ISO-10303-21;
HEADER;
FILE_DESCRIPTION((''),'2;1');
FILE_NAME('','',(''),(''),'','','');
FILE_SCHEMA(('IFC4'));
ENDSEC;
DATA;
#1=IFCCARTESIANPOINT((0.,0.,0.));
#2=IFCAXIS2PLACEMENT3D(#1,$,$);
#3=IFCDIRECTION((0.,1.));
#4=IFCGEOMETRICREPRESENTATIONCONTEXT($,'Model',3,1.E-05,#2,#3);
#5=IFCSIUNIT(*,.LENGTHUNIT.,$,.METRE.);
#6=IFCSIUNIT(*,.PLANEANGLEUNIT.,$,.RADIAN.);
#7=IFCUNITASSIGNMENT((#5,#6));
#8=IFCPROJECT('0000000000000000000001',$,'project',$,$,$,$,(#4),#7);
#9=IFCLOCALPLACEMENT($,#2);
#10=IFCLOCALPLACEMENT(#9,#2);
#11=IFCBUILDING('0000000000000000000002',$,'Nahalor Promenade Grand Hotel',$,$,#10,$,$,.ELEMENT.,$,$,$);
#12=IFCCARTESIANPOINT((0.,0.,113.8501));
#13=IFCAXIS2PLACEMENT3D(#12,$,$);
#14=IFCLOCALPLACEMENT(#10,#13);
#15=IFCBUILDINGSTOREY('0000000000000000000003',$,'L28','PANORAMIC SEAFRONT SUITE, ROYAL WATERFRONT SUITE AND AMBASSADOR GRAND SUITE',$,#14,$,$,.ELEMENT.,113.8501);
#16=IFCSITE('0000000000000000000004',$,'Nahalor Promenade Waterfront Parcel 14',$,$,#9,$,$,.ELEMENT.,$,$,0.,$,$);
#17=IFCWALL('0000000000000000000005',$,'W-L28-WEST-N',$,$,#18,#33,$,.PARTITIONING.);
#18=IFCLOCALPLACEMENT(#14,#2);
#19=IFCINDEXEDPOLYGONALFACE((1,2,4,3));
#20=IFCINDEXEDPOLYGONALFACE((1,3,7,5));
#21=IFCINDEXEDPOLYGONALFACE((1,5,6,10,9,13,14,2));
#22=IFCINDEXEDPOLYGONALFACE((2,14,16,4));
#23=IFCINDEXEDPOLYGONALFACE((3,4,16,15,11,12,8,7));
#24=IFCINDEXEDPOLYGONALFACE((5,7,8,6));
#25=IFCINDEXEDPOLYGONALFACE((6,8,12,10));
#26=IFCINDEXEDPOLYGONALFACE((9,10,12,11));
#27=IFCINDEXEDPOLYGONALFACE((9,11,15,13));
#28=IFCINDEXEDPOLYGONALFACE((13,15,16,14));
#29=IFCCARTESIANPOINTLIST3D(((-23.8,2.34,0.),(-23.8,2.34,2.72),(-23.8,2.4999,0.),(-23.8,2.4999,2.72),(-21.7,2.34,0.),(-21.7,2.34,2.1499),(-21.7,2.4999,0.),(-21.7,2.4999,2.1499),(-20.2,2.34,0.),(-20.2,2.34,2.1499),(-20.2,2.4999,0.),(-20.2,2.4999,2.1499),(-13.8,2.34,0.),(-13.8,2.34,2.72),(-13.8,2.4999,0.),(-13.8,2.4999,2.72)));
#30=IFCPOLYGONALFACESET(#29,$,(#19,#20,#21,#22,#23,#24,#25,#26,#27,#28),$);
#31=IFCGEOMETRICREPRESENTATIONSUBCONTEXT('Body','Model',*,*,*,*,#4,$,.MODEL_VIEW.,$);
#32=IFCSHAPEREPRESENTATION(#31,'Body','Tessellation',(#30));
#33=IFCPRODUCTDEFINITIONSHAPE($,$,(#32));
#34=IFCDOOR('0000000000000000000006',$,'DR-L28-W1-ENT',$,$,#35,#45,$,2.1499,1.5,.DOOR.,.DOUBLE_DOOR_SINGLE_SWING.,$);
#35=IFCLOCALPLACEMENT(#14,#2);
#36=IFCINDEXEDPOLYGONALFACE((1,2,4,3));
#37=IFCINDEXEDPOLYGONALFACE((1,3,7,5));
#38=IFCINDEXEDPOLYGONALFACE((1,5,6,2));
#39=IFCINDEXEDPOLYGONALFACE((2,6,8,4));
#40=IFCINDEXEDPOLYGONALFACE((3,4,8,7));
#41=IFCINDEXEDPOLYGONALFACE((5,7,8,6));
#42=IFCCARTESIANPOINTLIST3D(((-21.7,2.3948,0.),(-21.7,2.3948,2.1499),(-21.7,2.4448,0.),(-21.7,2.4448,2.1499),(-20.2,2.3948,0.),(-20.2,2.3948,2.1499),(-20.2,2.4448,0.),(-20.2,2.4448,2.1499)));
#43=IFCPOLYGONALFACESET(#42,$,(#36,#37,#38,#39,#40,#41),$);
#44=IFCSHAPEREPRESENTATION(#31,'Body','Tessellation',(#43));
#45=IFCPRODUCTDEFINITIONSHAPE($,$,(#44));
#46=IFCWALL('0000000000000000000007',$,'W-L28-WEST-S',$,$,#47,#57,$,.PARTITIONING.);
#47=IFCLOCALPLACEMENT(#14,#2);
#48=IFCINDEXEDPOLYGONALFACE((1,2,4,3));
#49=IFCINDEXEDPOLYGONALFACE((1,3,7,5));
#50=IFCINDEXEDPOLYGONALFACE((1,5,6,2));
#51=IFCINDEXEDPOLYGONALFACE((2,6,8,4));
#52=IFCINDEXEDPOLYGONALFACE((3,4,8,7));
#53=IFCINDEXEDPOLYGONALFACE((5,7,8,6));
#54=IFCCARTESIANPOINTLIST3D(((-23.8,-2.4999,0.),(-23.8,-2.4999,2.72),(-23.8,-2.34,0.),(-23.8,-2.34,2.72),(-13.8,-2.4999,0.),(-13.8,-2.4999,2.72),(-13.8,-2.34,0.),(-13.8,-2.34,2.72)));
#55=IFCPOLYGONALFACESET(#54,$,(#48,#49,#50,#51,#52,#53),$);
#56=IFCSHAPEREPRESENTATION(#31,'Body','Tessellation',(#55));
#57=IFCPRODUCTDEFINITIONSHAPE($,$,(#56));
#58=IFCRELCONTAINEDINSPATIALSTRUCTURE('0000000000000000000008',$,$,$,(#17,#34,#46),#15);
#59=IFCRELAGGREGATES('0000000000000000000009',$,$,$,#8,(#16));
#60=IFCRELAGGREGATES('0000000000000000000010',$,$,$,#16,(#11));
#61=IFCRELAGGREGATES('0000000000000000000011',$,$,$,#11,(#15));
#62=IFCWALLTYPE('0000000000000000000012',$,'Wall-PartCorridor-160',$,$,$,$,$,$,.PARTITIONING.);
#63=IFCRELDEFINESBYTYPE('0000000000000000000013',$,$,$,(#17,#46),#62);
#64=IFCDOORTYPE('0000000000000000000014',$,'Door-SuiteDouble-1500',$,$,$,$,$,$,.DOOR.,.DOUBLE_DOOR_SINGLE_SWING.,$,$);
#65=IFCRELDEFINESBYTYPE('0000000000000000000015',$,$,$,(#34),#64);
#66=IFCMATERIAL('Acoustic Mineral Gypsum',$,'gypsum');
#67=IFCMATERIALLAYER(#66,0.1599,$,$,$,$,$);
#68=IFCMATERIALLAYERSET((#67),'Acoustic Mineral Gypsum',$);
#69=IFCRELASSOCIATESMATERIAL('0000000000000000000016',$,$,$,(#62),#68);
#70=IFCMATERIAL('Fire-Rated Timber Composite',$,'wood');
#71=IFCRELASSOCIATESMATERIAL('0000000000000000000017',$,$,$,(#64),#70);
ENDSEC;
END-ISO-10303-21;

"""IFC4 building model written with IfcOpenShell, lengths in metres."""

from ifc_helpers import new_model, si_unit, direction, frame, frame_2d, origin, place, context, subcontext, project, spatial, rectangle, extrude, source, transform, mapped, material, layer, layer_set, type_object, element, fill, save


model = new_model("IFC4")

# Units and contexts
model_context = context("Model", 3, precision=1e-05, world=origin(), true_north=direction((0.0, 1.0)))
body_context = subcontext(model_context, "Body", "Model", "MODEL_VIEW")
ifc_project = project(units=[si_unit("LENGTHUNIT", "METRE"), si_unit("PLANEANGLEUNIT", "RADIAN")], contexts=[model_context])

# Site, building, storey
site_placement = place(None, origin())
site = spatial("IfcSite", under=ifc_project, at=site_placement, Name="Nahalor Promenade Waterfront Parcel 14", CompositionType="ELEMENT", RefElevation=0.0)
building_placement = place(site_placement, origin())
building = spatial("IfcBuilding", under=site, at=building_placement, Name="Nahalor Promenade Grand Hotel", CompositionType="ELEMENT")
storey_placement = place(building_placement, frame((0.0, 0.0, 113.8501)))
storey = spatial("IfcBuildingStorey", under=building, at=storey_placement, Name="L28", Description="PANORAMIC SEAFRONT SUITE, ROYAL WATERFRONT SUITE AND AMBASSADOR GRAND SUITE", CompositionType="ELEMENT", Elevation=113.8501)

# Shared definitions
ifc_material_1 = material(Name="Acoustic Mineral Gypsum", Category="gypsum")
ifc_layer_1 = layer(ifc_material_1, 0.1599)
ifc_layer_set_1 = layer_set([ifc_layer_1], Name="Acoustic Mineral Gypsum")
wall_type_1 = type_object("IfcWallType", Name="Wall-PartCorridor-160", PredefinedType="PARTITIONING", material=ifc_layer_set_1)
ifc_material_2 = material(Name="Fire-Rated Timber Composite", Category="wood")
door_type_1 = type_object("IfcDoorType", Name="Door-SuiteDouble-1500", OperationType="DOUBLE_DOOR_SINGLE_SWING", PredefinedType="DOOR", material=ifc_material_2)
shared_shape_1 = source(origin(), body_context, "Body", "SweptSolid", [
    extrude(rectangle(XDim=1.5, YDim=2.1499, at=frame_2d((0.75, 1.075))), frame((0.0, 0.0249, 0.0), z_axis=(0.0, -1.0, 0.0), x_axis=(1.0, 0.0, 0.0)), (0.0, 0.0, 1.0), 0.05),
])

# Wall, opening, door
shared_shape_2 = source(origin(), body_context, "Body", "SweptSolid", [
    extrude(rectangle(XDim=10.0, YDim=0.1599, at=frame_2d((5.0, 0.0))), origin(), (0.0, 0.0, 1.0), 2.72),
])
wall_1_placement = place(storey_placement, frame((-23.8, 2.4199, 0.0), z_axis=(0.0, 0.0, 1.0), x_axis=(1.0, 0.0, 0.0)))
wall_1 = element("IfcWall", 1, at=wall_1_placement, inside=storey, type_object=wall_type_1, Name="W-L28-WEST-N", PredefinedType="PARTITIONING", context=body_context, shape_type="MappedRepresentation", body=[
    mapped(shared_shape_2, transform((0.0, 0.0, 0.0), scale=1.0)),
])
opening_1_placement = place(wall_1_placement, frame((2.1001, 0.0, 0.0)))
opening_1 = element("IfcOpeningElement", 2, at=opening_1_placement, cuts=wall_1, PredefinedType="OPENING", context=body_context, shape_type="SweptSolid", body=[
    extrude(rectangle(XDim=1.5, YDim=2.1499, at=frame_2d((0.75, 1.075))), frame((0.0, 0.0898, 0.0), z_axis=(0.0, -1.0, 0.0), x_axis=(1.0, 0.0, 0.0)), (0.0, 0.0, 1.0), 0.1799),
])
door_1_placement = place(opening_1_placement, origin())
door_1 = element("IfcDoor", 3, at=door_1_placement, inside=storey, type_object=door_type_1, Name="DR-L28-W1-ENT", OperationType="DOUBLE_DOOR_SINGLE_SWING", OverallHeight=2.1499, OverallWidth=1.5, PredefinedType="DOOR", context=body_context, shape_type="MappedRepresentation", body=[
    mapped(shared_shape_1, transform((0.0, 0.0, 0.0), scale=1.0)),
])
fill(opening_1, door_1)

# Wall
wall_2_placement = place(storey_placement, frame((-23.8, -2.4199, 0.0), z_axis=(0.0, 0.0, 1.0), x_axis=(1.0, 0.0, 0.0)))
element("IfcWall", 4, at=wall_2_placement, inside=storey, type_object=wall_type_1, Name="W-L28-WEST-S", PredefinedType="PARTITIONING", context=body_context, shape_type="MappedRepresentation", body=[
    mapped(shared_shape_2, transform((0.0, 0.0, 0.0), scale=1.0)),
])

save(model, "model.ifc")
